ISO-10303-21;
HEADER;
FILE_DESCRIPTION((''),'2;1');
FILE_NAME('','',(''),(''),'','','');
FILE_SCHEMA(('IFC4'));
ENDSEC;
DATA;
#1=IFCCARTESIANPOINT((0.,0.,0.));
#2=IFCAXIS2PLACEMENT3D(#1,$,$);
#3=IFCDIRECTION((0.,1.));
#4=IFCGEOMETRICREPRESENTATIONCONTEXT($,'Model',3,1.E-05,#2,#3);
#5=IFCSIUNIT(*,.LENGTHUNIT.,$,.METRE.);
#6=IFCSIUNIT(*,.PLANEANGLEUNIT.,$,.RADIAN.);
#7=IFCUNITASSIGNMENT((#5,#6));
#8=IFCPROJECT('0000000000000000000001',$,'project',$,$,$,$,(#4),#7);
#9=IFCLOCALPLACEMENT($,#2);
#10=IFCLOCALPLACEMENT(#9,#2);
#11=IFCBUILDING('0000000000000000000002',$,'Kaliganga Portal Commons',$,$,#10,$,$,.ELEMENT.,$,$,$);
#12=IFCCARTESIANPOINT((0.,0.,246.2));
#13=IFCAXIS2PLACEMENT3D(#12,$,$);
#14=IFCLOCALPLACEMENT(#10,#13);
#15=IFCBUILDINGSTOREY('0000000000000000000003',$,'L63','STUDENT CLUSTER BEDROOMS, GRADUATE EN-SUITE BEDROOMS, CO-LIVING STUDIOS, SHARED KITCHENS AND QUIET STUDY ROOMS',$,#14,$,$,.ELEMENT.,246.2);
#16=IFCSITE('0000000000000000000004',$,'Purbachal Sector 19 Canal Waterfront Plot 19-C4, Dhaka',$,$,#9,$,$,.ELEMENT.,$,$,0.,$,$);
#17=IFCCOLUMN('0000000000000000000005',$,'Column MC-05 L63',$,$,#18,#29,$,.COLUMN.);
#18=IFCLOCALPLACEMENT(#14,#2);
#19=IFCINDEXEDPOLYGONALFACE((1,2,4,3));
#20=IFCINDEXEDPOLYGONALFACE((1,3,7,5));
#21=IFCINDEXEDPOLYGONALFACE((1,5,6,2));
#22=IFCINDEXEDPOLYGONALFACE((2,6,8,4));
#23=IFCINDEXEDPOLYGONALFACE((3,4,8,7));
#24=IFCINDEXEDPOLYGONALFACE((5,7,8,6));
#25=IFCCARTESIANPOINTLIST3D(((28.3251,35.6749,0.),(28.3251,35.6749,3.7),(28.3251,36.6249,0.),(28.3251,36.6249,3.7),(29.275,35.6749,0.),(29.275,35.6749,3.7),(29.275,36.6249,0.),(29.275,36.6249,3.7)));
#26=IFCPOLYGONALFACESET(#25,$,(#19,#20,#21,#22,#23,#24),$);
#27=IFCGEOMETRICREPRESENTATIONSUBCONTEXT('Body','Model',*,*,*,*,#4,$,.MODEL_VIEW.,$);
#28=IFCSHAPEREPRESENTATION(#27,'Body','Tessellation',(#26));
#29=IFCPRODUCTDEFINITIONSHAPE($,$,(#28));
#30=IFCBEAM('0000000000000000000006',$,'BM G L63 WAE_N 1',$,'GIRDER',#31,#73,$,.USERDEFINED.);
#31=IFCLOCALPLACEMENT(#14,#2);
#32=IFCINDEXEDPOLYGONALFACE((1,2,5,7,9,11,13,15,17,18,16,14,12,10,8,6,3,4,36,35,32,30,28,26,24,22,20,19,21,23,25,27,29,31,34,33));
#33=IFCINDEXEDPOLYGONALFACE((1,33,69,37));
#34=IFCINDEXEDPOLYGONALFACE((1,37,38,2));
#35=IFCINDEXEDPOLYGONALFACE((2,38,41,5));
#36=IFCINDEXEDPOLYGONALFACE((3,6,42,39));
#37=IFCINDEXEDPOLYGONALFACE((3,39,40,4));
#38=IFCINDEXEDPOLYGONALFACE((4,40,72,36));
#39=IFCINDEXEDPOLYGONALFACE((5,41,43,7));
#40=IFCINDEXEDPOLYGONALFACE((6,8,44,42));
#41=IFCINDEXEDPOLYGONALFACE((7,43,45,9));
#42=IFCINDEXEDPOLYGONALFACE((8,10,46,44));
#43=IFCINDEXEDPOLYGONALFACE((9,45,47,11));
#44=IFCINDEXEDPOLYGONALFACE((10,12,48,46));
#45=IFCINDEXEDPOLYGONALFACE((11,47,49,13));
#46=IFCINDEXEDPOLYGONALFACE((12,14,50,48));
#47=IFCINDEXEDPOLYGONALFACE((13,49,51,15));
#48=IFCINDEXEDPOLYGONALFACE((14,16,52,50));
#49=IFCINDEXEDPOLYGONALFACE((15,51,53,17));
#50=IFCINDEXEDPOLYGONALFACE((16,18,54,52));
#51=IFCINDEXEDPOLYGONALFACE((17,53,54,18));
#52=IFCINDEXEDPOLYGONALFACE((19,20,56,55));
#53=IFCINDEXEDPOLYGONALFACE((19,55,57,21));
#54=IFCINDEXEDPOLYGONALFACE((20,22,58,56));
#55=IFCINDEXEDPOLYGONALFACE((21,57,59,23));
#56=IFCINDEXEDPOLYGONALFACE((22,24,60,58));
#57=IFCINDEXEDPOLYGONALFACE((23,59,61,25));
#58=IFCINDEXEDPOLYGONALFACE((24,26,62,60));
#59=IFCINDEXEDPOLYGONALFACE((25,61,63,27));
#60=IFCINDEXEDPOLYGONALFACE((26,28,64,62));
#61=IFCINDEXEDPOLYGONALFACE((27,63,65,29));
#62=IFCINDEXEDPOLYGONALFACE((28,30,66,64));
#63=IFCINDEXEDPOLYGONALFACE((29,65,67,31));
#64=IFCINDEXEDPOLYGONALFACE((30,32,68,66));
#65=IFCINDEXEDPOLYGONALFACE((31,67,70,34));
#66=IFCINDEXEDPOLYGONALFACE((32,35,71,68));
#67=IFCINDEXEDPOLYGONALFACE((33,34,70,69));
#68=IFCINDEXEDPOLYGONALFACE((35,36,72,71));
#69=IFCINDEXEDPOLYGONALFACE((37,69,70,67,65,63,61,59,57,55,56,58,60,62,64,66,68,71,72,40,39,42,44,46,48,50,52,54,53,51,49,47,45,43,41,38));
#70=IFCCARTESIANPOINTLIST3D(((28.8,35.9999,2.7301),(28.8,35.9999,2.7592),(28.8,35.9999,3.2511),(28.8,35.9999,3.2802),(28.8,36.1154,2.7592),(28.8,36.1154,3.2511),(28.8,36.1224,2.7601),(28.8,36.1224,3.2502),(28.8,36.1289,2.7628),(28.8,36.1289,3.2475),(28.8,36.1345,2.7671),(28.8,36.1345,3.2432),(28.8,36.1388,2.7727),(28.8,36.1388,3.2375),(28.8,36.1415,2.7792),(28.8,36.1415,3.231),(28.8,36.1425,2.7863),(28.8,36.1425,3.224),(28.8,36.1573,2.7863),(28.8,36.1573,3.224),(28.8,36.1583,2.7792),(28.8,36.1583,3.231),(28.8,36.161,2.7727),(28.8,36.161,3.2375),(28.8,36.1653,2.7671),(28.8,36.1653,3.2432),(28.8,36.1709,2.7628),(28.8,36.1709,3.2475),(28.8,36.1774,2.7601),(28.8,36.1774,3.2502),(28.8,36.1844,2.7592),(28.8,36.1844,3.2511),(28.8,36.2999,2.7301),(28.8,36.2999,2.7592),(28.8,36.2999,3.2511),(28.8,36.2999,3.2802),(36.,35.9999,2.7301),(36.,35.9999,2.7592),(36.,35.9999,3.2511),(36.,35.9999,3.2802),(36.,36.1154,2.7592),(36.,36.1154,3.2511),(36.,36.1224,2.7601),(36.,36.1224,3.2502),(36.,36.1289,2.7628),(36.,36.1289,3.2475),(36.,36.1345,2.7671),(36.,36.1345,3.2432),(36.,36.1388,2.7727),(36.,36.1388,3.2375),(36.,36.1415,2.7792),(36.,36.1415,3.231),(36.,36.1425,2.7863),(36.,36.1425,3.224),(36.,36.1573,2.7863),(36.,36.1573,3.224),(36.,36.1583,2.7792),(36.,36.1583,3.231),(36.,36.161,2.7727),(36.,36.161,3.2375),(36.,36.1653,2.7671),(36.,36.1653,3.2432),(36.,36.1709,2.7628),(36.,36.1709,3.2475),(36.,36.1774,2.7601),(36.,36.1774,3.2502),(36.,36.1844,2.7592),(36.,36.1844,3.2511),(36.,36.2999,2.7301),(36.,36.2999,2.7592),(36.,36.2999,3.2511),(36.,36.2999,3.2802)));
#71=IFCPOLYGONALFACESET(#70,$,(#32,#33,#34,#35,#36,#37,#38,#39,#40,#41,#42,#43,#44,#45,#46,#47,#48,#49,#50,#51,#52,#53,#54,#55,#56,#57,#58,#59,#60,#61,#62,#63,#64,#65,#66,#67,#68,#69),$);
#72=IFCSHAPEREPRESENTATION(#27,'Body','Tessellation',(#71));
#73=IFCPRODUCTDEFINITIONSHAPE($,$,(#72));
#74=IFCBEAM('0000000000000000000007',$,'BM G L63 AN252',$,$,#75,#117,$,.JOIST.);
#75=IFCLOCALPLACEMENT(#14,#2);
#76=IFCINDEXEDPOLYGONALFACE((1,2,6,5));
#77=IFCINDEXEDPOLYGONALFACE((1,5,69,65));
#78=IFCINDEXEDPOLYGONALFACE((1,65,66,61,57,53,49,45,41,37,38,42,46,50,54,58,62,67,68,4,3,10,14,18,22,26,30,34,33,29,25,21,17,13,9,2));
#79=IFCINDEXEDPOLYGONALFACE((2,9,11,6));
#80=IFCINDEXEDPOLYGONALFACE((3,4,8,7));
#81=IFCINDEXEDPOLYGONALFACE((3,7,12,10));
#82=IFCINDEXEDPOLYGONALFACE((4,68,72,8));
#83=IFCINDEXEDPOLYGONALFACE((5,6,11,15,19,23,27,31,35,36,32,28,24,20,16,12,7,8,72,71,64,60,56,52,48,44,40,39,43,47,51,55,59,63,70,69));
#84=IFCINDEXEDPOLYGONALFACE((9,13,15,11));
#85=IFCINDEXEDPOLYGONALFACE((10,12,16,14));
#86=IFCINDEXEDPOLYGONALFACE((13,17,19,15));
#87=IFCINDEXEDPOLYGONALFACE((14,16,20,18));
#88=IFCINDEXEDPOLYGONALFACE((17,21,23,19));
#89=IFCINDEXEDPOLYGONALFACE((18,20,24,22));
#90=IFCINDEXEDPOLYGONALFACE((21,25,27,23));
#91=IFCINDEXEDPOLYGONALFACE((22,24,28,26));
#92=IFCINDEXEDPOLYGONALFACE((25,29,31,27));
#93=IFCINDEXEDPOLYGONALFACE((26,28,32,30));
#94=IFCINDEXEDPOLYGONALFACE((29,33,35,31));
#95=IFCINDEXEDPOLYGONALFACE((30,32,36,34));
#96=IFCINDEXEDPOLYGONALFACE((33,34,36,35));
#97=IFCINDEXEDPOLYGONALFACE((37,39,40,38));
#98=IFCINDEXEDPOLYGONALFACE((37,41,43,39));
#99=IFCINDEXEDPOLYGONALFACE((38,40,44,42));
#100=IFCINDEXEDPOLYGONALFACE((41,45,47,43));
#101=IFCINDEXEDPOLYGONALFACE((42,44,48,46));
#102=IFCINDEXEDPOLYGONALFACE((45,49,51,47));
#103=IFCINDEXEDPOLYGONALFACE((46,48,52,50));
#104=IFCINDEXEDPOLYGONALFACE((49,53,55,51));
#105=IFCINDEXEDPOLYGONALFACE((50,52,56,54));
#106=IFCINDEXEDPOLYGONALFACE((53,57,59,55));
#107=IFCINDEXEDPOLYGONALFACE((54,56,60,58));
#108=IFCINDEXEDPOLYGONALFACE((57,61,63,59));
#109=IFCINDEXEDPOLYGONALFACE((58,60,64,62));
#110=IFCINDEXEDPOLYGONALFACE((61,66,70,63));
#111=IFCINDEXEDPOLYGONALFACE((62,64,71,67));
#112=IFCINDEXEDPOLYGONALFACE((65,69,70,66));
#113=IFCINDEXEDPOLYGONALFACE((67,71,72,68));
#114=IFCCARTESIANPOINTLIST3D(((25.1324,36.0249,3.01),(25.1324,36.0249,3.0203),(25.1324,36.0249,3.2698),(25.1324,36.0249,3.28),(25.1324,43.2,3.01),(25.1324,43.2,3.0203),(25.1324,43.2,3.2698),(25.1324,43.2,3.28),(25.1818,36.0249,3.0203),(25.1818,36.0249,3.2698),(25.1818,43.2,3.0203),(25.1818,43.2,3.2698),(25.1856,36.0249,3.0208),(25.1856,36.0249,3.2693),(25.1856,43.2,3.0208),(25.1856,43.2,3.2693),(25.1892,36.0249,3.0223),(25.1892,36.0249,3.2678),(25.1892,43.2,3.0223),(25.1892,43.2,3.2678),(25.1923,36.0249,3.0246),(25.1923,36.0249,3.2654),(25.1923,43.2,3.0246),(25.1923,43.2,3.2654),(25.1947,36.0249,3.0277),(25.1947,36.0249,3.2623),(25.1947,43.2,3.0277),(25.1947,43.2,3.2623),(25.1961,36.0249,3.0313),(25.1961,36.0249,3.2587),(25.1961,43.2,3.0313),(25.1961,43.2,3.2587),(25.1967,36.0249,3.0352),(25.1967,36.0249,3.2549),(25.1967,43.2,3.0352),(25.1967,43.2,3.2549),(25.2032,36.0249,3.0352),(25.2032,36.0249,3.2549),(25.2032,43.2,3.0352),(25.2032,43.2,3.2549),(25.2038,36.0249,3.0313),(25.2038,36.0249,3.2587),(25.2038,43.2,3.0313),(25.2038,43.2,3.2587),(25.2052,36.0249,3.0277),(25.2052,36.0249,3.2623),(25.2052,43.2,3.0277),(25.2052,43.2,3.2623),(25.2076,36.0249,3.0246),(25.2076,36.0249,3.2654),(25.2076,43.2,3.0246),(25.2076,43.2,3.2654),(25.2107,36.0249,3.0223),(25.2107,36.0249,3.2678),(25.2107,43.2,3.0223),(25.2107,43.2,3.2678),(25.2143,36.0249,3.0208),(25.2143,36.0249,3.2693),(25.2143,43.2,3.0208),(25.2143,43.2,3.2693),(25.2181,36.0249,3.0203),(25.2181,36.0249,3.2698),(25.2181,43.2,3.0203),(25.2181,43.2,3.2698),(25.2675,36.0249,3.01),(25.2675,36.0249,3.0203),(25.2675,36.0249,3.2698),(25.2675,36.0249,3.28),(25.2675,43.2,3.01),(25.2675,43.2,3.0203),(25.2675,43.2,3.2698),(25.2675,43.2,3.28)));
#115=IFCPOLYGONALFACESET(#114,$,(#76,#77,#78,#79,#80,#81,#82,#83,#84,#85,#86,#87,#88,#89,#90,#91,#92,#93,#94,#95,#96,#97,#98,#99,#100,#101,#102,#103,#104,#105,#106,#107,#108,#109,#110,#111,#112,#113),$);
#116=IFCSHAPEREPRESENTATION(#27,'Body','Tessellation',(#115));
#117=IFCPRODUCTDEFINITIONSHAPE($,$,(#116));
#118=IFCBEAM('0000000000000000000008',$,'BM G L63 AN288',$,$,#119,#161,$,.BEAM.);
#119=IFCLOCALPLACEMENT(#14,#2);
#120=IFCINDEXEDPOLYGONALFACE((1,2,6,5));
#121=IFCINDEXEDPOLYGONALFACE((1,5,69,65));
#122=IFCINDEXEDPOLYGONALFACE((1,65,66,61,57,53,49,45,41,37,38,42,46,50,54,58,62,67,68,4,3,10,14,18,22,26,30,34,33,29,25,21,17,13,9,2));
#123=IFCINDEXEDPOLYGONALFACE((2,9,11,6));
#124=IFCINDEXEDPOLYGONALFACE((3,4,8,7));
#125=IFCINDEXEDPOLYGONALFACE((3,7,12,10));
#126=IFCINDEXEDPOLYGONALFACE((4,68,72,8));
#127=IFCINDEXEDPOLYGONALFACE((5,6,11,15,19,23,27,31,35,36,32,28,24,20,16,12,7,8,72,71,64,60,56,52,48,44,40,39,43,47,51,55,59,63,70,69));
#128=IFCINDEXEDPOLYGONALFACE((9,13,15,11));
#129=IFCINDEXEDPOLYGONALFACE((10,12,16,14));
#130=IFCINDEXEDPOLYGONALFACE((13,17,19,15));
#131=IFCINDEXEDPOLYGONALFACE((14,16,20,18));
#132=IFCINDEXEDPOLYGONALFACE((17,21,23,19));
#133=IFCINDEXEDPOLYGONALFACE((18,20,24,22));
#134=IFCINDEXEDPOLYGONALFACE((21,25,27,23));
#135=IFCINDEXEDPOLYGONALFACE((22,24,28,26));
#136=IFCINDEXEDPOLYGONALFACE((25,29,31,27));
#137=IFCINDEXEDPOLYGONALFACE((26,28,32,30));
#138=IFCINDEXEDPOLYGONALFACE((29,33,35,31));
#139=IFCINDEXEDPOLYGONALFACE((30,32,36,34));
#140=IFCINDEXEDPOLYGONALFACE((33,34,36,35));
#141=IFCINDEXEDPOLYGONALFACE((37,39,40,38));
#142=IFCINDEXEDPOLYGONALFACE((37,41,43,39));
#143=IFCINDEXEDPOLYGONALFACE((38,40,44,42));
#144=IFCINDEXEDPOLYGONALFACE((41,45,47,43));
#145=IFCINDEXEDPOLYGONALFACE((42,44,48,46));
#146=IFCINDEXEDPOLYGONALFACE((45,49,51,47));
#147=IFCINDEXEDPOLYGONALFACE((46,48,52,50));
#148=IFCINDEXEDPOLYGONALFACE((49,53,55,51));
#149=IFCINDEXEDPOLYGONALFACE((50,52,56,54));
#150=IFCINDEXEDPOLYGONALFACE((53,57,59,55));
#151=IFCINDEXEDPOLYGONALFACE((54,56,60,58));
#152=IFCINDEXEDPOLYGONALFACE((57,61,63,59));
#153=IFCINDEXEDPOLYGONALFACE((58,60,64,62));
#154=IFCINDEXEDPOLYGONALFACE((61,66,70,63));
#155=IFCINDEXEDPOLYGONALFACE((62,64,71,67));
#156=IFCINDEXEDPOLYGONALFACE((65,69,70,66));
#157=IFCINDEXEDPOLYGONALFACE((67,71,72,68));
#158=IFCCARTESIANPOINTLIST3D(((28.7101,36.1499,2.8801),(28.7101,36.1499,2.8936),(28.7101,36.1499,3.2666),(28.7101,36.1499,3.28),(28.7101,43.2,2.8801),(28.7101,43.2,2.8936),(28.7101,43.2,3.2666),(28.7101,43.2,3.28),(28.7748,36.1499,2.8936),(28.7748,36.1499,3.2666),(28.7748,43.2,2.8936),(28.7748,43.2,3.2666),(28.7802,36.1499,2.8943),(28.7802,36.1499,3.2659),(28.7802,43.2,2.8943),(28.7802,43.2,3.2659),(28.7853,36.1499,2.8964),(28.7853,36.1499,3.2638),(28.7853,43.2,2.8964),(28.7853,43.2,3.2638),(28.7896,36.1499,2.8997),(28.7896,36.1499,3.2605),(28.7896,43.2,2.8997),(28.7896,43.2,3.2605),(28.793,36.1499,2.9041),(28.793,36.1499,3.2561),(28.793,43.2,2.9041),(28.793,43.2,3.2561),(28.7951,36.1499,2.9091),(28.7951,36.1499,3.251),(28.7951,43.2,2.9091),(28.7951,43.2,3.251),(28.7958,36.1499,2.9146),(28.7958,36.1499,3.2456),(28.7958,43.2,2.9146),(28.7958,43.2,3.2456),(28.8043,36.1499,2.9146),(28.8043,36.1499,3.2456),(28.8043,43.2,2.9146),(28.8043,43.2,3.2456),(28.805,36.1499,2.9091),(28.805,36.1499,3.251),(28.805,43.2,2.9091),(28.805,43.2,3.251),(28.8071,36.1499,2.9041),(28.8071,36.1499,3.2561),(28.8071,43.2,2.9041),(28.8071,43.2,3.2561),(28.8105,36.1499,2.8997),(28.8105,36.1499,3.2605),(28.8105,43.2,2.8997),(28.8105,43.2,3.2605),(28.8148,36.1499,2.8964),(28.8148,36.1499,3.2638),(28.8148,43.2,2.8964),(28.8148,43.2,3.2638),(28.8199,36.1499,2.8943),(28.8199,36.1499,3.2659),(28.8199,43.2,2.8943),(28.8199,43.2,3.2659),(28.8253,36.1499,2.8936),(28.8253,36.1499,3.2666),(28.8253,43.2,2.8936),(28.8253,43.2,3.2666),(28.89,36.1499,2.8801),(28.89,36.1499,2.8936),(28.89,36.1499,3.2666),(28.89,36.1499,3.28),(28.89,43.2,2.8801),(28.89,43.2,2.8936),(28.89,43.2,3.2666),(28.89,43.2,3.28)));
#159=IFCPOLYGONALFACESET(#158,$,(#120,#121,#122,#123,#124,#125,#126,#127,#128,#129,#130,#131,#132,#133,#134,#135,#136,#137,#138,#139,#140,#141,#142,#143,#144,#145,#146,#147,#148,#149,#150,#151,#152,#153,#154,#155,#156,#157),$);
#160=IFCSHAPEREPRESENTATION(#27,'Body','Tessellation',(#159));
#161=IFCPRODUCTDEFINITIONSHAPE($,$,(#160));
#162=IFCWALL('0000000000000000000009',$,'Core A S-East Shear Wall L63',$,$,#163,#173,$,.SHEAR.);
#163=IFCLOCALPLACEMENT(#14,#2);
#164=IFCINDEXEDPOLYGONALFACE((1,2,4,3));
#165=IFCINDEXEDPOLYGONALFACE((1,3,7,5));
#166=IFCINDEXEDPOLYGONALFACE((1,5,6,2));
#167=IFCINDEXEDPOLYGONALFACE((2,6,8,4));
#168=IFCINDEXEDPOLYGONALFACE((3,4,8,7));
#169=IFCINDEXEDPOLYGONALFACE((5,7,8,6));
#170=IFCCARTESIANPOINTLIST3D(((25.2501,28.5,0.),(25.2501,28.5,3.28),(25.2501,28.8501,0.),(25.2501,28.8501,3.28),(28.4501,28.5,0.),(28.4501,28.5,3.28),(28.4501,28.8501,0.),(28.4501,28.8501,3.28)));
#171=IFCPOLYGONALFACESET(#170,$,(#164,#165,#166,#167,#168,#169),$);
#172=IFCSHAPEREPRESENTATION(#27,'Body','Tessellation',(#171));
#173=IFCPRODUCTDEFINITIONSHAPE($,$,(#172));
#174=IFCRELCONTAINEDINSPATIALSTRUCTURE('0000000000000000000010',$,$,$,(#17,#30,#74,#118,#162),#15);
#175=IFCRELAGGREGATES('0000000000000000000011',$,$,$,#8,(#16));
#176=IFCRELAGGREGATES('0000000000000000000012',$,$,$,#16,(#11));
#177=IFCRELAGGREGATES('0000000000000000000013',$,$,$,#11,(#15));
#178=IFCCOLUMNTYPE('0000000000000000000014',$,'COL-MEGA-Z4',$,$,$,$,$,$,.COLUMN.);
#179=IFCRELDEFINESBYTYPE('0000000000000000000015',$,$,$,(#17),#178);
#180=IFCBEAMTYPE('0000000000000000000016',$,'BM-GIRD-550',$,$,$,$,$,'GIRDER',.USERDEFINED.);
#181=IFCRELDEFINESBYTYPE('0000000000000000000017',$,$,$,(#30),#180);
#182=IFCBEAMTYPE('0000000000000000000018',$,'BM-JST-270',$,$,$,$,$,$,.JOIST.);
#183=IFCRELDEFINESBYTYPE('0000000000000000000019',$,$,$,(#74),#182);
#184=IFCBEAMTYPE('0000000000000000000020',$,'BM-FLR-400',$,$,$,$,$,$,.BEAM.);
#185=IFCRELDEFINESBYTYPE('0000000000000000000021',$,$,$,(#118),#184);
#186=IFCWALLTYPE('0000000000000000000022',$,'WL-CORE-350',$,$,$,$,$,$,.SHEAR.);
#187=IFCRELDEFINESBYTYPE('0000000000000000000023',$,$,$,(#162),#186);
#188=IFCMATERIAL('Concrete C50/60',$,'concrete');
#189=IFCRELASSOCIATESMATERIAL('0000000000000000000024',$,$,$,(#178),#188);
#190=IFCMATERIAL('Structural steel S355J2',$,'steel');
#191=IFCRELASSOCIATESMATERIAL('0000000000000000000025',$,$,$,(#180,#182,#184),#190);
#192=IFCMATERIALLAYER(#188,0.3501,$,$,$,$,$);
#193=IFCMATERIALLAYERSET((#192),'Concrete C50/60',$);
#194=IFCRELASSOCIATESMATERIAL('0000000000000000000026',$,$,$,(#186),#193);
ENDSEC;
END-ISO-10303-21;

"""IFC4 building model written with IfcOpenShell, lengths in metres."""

from ifc_helpers import new_model, si_unit, direction, frame, frame_2d, origin, origin_2d, place, context, subcontext, project, spatial, rectangle, i_section, extrude, source, transform, mapped, material, layer, layer_set, material_profile, profile_set, type_object, element, save


model = new_model("IFC4")

# Units and contexts
model_context = context("Model", 3, precision=1e-05, world=origin(), true_north=direction((0.0, 1.0)))
body_context = subcontext(model_context, "Body", "Model", "MODEL_VIEW")
ifc_project = project(units=[si_unit("LENGTHUNIT", "METRE"), si_unit("PLANEANGLEUNIT", "RADIAN")], contexts=[model_context])

# Site, building, storey
site_placement = place(None, origin())
site = spatial("IfcSite", under=ifc_project, at=site_placement, Name="Purbachal Sector 19 Canal Waterfront Plot 19-C4, Dhaka", CompositionType="ELEMENT", RefElevation=0.0)
building_placement = place(site_placement, origin())
building = spatial("IfcBuilding", under=site, at=building_placement, Name="Kaliganga Portal Commons", CompositionType="ELEMENT")
storey_placement = place(building_placement, frame((0.0, 0.0, 246.2)))
storey = spatial("IfcBuildingStorey", under=building, at=storey_placement, Name="L63", Description="STUDENT CLUSTER BEDROOMS, GRADUATE EN-SUITE BEDROOMS, CO-LIVING STUDIOS, SHARED KITCHENS AND QUIET STUDY ROOMS", CompositionType="ELEMENT", Elevation=246.2)

# Column
ifc_material_1 = material(Name="Concrete C50/60", Category="concrete")
ifc_material_profile_1 = material_profile(ifc_material_1, rectangle(XDim=0.95, YDim=0.95, at=origin_2d()), Name="RC 950x950")
ifc_profile_set_1 = profile_set([ifc_material_profile_1], Name="Concrete C50/60")
column_type = type_object("IfcColumnType", Name="COL-MEGA-Z4", PredefinedType="COLUMN", material=ifc_profile_set_1)
shared_shape_1 = source(origin(), body_context, "Body", "SweptSolid", [
    extrude(rectangle(XDim=0.95, YDim=0.95, at=origin_2d()), origin(), (0.0, 0.0, 1.0), 3.7),
])
column_placement = place(storey_placement, frame((28.8, 36.1499, 0.0), z_axis=(0.0, 0.0, 1.0), x_axis=(1.0, 0.0, 0.0)))
element("IfcColumn", 1, at=column_placement, inside=storey, type_object=column_type, Name="Column MC-05 L63", PredefinedType="COLUMN", context=body_context, shape_type="MappedRepresentation", body=[
    mapped(shared_shape_1, transform((0.0, 0.0, 0.0), x_axis=(1.0, 0.0, 0.0), y_axis=(0.0, 1.0, 0.0), z_axis=(0.0, 0.0, 1.0), scale=1.0)),
])

# Beams
ifc_material_2 = material(Name="Structural steel S355J2", Category="steel")
ifc_material_profile_2 = material_profile(ifc_material_2, i_section(OverallWidth=0.3, OverallDepth=0.55, WebThickness=0.0149, FlangeThickness=0.0291, FilletRadius=0.0271, at=origin_2d()), Name="HE 550 B")
ifc_profile_set_2 = profile_set([ifc_material_profile_2], Name="Structural steel S355J2 wide-flange")
beam_type_1 = type_object("IfcBeamType", Name="BM-GIRD-550", ElementType="GIRDER", PredefinedType="USERDEFINED", material=ifc_profile_set_2)
shared_shape_2 = source(origin(), body_context, "Body", "SweptSolid", [
    extrude(i_section(OverallWidth=0.3, OverallDepth=0.55, WebThickness=0.0149, FlangeThickness=0.0291, FilletRadius=0.0271, at=origin_2d()), origin(), (0.0, 0.0, 1.0), 7.2),
])
beam_1_placement = place(storey_placement, frame((28.8, 36.1499, 3.0051), z_axis=(1.0, 0.0, 0.0), x_axis=(0.0, 1.0, 0.0)))
element("IfcBeam", 2, at=beam_1_placement, inside=storey, type_object=beam_type_1, Name="BM G L63 WAE_N 1", ObjectType="GIRDER", PredefinedType="USERDEFINED", context=body_context, shape_type="MappedRepresentation", body=[
    mapped(shared_shape_2, transform((0.0, 0.0, 0.0), x_axis=(1.0, 0.0, 0.0), y_axis=(0.0, 1.0, 0.0), z_axis=(0.0, 0.0, 1.0), scale=1.0)),
])
ifc_material_profile_3 = material_profile(ifc_material_2, i_section(OverallWidth=0.135, OverallDepth=0.27, WebThickness=0.0066, FlangeThickness=0.0103, FilletRadius=0.0149, at=origin_2d()), Name="IPE 270")
ifc_profile_set_3 = profile_set([ifc_material_profile_3], Name="Structural steel S355J2 wide-flange")
beam_type_2 = type_object("IfcBeamType", Name="BM-JST-270", PredefinedType="JOIST", material=ifc_profile_set_3)
shared_shape_3 = source(origin(), body_context, "Body", "SweptSolid", [
    extrude(i_section(OverallWidth=0.135, OverallDepth=0.27, WebThickness=0.0066, FlangeThickness=0.0103, FilletRadius=0.0149, at=origin_2d()), origin(), (0.0, 0.0, 1.0), 7.175),
])
beam_2_placement = place(storey_placement, frame((25.2, 36.0249, 3.145), z_axis=(0.0, 1.0, 0.0), x_axis=(-1.0, 0.0, 0.0)))
element("IfcBeam", 3, at=beam_2_placement, inside=storey, type_object=beam_type_2, Name="BM G L63 AN252", PredefinedType="JOIST", context=body_context, shape_type="MappedRepresentation", body=[
    mapped(shared_shape_3, transform((0.0, 0.0, 0.0), x_axis=(1.0, 0.0, 0.0), y_axis=(0.0, 1.0, 0.0), z_axis=(0.0, 0.0, 1.0), scale=1.0)),
])
ifc_material_profile_4 = material_profile(ifc_material_2, i_section(OverallWidth=0.1799, OverallDepth=0.3999, WebThickness=0.0085, FlangeThickness=0.0134, FilletRadius=0.021, at=origin_2d()), Name="IPE 400")
ifc_profile_set_4 = profile_set([ifc_material_profile_4], Name="Structural steel S355J2 wide-flange")
beam_type_3 = type_object("IfcBeamType", Name="BM-FLR-400", PredefinedType="BEAM", material=ifc_profile_set_4)
shared_shape_4 = source(origin(), body_context, "Body", "SweptSolid", [
    extrude(i_section(OverallWidth=0.1799, OverallDepth=0.3999, WebThickness=0.0085, FlangeThickness=0.0134, FilletRadius=0.021, at=origin_2d()), origin(), (0.0, 0.0, 1.0), 7.05),
])
beam_3_placement = place(storey_placement, frame((28.8, 36.1499, 3.0801), z_axis=(0.0, 1.0, 0.0), x_axis=(-1.0, 0.0, 0.0)))
element("IfcBeam", 4, at=beam_3_placement, inside=storey, type_object=beam_type_3, Name="BM G L63 AN288", PredefinedType="BEAM", context=body_context, shape_type="MappedRepresentation", body=[
    mapped(shared_shape_4, transform((0.0, 0.0, 0.0), x_axis=(1.0, 0.0, 0.0), y_axis=(0.0, 1.0, 0.0), z_axis=(0.0, 0.0, 1.0), scale=1.0)),
])

# Wall
ifc_layer_1 = layer(ifc_material_1, 0.3501)
ifc_layer_set_1 = layer_set([ifc_layer_1], Name="Concrete C50/60")
wall_type_1 = type_object("IfcWallType", Name="WL-CORE-350", PredefinedType="SHEAR", material=ifc_layer_set_1)
for number, where, z_axis, x_axis, name in (
    (5, (25.25, 28.675, 0.0), (0.0, 0.0, 1.0), (1.0, 0.0, 0.0), "Core A S-East Shear Wall L63"),
):
    element("IfcWall", number, at=place(storey_placement, frame(where, z_axis=z_axis, x_axis=x_axis)), inside=storey, type_object=wall_type_1, Name=name, PredefinedType="SHEAR", context=body_context, shape_type="SweptSolid", body=[
        extrude(rectangle(XDim=3.2, YDim=0.3501, at=frame_2d((1.6001, 0.0))), origin(), (0.0, 0.0, 1.0), 3.28),
    ])

save(model, "model.ifc")
